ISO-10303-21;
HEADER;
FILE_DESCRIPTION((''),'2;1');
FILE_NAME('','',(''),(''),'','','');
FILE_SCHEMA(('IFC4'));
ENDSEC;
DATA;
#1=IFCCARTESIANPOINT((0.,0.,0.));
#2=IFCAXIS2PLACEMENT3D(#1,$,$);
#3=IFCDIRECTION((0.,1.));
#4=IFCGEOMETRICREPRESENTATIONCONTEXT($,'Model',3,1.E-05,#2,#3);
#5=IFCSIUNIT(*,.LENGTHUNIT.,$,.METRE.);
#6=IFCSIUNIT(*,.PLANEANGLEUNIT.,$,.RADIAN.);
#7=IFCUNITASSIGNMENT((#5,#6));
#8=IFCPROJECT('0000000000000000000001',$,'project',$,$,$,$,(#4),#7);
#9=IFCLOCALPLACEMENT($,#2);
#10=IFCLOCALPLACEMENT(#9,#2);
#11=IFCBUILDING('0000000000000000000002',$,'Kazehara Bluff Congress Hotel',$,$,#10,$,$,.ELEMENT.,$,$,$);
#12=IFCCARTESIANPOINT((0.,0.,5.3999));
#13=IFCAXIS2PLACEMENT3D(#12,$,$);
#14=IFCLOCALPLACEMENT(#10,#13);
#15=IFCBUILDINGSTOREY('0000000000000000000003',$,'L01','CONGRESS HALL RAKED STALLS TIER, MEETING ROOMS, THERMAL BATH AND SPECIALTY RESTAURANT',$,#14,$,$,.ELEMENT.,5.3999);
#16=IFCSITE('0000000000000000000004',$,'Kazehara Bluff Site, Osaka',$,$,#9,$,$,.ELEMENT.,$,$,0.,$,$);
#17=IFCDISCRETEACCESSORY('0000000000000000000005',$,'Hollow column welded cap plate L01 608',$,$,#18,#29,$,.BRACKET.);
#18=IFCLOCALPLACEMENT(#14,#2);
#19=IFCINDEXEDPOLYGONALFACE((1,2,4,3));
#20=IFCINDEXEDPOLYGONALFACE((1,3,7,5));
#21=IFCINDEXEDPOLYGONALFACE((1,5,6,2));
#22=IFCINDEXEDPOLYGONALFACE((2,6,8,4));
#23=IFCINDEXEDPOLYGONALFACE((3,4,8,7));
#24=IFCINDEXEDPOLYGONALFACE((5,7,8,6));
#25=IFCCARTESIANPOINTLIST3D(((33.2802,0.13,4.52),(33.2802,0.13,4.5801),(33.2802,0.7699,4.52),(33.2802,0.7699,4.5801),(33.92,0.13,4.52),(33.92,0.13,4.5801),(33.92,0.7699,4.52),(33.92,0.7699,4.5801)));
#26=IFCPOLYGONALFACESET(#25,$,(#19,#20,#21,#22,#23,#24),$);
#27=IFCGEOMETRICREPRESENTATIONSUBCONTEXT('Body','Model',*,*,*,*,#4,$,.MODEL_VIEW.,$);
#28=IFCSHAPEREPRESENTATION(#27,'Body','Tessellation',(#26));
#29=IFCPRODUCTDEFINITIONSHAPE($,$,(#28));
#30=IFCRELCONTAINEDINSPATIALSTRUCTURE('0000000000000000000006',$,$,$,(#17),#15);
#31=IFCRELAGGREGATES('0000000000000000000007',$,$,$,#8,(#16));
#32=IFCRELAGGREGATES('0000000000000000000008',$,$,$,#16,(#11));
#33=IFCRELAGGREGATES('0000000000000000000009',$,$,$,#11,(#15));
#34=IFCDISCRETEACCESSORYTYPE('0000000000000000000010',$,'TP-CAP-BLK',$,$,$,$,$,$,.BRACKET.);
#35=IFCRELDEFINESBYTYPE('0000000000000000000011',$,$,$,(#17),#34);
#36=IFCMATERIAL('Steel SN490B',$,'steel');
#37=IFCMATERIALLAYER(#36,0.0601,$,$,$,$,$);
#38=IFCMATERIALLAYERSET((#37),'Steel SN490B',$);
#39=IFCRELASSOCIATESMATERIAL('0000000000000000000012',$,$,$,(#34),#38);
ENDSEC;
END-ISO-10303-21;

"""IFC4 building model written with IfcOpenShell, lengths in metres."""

from ifc_helpers import new_model, si_unit, direction, frame, origin, origin_2d, place, context, subcontext, project, spatial, rectangle, extrude, material, layer, layer_set, type_object, element, save


model = new_model("IFC4")

# Units and contexts
model_context = context("Model", 3, precision=1e-05, world=origin(), true_north=direction((0.0, 1.0)))
body_context = subcontext(model_context, "Body", "Model", "MODEL_VIEW")
ifc_project = project(units=[si_unit("LENGTHUNIT", "METRE"), si_unit("PLANEANGLEUNIT", "RADIAN")], contexts=[model_context])

# Site, building, storey
site_placement = place(None, origin())
site = spatial("IfcSite", under=ifc_project, at=site_placement, Name="Kazehara Bluff Site, Osaka", CompositionType="ELEMENT", RefElevation=0.0)
building_placement = place(site_placement, origin())
building = spatial("IfcBuilding", under=site, at=building_placement, Name="Kazehara Bluff Congress Hotel", CompositionType="ELEMENT")
storey_placement = place(building_placement, frame((0.0, 0.0, 5.3999)))
storey = spatial("IfcBuildingStorey", under=building, at=storey_placement, Name="L01", Description="CONGRESS HALL RAKED STALLS TIER, MEETING ROOMS, THERMAL BATH AND SPECIALTY RESTAURANT", CompositionType="ELEMENT", Elevation=5.3999)

# Discrete accessory
ifc_material_1 = material(Name="Steel SN490B", Category="steel")
ifc_layer_1 = layer(ifc_material_1, 0.0601)
ifc_layer_set_1 = layer_set([ifc_layer_1], Name="Steel SN490B")
discrete_accessory_type = type_object("IfcDiscreteAccessoryType", Name="TP-CAP-BLK", PredefinedType="BRACKET", material=ifc_layer_set_1)
for number, where, z_axis, x_axis, name in (
    (1, (33.6001, 0.45, 4.52), (0.0, 0.0, 1.0), (1.0, 0.0, 0.0), "Hollow column welded cap plate L01 608"),
):
    element("IfcDiscreteAccessory", number, at=place(storey_placement, frame(where, z_axis=z_axis, x_axis=x_axis)), inside=storey, type_object=discrete_accessory_type, Name=name, PredefinedType="BRACKET", context=body_context, shape_type="SweptSolid", body=[
        extrude(rectangle(XDim=0.6399, YDim=0.6399, at=origin_2d()), origin(), (0.0, 0.0, 1.0), 0.0601),
    ])

save(model, "model.ifc")
